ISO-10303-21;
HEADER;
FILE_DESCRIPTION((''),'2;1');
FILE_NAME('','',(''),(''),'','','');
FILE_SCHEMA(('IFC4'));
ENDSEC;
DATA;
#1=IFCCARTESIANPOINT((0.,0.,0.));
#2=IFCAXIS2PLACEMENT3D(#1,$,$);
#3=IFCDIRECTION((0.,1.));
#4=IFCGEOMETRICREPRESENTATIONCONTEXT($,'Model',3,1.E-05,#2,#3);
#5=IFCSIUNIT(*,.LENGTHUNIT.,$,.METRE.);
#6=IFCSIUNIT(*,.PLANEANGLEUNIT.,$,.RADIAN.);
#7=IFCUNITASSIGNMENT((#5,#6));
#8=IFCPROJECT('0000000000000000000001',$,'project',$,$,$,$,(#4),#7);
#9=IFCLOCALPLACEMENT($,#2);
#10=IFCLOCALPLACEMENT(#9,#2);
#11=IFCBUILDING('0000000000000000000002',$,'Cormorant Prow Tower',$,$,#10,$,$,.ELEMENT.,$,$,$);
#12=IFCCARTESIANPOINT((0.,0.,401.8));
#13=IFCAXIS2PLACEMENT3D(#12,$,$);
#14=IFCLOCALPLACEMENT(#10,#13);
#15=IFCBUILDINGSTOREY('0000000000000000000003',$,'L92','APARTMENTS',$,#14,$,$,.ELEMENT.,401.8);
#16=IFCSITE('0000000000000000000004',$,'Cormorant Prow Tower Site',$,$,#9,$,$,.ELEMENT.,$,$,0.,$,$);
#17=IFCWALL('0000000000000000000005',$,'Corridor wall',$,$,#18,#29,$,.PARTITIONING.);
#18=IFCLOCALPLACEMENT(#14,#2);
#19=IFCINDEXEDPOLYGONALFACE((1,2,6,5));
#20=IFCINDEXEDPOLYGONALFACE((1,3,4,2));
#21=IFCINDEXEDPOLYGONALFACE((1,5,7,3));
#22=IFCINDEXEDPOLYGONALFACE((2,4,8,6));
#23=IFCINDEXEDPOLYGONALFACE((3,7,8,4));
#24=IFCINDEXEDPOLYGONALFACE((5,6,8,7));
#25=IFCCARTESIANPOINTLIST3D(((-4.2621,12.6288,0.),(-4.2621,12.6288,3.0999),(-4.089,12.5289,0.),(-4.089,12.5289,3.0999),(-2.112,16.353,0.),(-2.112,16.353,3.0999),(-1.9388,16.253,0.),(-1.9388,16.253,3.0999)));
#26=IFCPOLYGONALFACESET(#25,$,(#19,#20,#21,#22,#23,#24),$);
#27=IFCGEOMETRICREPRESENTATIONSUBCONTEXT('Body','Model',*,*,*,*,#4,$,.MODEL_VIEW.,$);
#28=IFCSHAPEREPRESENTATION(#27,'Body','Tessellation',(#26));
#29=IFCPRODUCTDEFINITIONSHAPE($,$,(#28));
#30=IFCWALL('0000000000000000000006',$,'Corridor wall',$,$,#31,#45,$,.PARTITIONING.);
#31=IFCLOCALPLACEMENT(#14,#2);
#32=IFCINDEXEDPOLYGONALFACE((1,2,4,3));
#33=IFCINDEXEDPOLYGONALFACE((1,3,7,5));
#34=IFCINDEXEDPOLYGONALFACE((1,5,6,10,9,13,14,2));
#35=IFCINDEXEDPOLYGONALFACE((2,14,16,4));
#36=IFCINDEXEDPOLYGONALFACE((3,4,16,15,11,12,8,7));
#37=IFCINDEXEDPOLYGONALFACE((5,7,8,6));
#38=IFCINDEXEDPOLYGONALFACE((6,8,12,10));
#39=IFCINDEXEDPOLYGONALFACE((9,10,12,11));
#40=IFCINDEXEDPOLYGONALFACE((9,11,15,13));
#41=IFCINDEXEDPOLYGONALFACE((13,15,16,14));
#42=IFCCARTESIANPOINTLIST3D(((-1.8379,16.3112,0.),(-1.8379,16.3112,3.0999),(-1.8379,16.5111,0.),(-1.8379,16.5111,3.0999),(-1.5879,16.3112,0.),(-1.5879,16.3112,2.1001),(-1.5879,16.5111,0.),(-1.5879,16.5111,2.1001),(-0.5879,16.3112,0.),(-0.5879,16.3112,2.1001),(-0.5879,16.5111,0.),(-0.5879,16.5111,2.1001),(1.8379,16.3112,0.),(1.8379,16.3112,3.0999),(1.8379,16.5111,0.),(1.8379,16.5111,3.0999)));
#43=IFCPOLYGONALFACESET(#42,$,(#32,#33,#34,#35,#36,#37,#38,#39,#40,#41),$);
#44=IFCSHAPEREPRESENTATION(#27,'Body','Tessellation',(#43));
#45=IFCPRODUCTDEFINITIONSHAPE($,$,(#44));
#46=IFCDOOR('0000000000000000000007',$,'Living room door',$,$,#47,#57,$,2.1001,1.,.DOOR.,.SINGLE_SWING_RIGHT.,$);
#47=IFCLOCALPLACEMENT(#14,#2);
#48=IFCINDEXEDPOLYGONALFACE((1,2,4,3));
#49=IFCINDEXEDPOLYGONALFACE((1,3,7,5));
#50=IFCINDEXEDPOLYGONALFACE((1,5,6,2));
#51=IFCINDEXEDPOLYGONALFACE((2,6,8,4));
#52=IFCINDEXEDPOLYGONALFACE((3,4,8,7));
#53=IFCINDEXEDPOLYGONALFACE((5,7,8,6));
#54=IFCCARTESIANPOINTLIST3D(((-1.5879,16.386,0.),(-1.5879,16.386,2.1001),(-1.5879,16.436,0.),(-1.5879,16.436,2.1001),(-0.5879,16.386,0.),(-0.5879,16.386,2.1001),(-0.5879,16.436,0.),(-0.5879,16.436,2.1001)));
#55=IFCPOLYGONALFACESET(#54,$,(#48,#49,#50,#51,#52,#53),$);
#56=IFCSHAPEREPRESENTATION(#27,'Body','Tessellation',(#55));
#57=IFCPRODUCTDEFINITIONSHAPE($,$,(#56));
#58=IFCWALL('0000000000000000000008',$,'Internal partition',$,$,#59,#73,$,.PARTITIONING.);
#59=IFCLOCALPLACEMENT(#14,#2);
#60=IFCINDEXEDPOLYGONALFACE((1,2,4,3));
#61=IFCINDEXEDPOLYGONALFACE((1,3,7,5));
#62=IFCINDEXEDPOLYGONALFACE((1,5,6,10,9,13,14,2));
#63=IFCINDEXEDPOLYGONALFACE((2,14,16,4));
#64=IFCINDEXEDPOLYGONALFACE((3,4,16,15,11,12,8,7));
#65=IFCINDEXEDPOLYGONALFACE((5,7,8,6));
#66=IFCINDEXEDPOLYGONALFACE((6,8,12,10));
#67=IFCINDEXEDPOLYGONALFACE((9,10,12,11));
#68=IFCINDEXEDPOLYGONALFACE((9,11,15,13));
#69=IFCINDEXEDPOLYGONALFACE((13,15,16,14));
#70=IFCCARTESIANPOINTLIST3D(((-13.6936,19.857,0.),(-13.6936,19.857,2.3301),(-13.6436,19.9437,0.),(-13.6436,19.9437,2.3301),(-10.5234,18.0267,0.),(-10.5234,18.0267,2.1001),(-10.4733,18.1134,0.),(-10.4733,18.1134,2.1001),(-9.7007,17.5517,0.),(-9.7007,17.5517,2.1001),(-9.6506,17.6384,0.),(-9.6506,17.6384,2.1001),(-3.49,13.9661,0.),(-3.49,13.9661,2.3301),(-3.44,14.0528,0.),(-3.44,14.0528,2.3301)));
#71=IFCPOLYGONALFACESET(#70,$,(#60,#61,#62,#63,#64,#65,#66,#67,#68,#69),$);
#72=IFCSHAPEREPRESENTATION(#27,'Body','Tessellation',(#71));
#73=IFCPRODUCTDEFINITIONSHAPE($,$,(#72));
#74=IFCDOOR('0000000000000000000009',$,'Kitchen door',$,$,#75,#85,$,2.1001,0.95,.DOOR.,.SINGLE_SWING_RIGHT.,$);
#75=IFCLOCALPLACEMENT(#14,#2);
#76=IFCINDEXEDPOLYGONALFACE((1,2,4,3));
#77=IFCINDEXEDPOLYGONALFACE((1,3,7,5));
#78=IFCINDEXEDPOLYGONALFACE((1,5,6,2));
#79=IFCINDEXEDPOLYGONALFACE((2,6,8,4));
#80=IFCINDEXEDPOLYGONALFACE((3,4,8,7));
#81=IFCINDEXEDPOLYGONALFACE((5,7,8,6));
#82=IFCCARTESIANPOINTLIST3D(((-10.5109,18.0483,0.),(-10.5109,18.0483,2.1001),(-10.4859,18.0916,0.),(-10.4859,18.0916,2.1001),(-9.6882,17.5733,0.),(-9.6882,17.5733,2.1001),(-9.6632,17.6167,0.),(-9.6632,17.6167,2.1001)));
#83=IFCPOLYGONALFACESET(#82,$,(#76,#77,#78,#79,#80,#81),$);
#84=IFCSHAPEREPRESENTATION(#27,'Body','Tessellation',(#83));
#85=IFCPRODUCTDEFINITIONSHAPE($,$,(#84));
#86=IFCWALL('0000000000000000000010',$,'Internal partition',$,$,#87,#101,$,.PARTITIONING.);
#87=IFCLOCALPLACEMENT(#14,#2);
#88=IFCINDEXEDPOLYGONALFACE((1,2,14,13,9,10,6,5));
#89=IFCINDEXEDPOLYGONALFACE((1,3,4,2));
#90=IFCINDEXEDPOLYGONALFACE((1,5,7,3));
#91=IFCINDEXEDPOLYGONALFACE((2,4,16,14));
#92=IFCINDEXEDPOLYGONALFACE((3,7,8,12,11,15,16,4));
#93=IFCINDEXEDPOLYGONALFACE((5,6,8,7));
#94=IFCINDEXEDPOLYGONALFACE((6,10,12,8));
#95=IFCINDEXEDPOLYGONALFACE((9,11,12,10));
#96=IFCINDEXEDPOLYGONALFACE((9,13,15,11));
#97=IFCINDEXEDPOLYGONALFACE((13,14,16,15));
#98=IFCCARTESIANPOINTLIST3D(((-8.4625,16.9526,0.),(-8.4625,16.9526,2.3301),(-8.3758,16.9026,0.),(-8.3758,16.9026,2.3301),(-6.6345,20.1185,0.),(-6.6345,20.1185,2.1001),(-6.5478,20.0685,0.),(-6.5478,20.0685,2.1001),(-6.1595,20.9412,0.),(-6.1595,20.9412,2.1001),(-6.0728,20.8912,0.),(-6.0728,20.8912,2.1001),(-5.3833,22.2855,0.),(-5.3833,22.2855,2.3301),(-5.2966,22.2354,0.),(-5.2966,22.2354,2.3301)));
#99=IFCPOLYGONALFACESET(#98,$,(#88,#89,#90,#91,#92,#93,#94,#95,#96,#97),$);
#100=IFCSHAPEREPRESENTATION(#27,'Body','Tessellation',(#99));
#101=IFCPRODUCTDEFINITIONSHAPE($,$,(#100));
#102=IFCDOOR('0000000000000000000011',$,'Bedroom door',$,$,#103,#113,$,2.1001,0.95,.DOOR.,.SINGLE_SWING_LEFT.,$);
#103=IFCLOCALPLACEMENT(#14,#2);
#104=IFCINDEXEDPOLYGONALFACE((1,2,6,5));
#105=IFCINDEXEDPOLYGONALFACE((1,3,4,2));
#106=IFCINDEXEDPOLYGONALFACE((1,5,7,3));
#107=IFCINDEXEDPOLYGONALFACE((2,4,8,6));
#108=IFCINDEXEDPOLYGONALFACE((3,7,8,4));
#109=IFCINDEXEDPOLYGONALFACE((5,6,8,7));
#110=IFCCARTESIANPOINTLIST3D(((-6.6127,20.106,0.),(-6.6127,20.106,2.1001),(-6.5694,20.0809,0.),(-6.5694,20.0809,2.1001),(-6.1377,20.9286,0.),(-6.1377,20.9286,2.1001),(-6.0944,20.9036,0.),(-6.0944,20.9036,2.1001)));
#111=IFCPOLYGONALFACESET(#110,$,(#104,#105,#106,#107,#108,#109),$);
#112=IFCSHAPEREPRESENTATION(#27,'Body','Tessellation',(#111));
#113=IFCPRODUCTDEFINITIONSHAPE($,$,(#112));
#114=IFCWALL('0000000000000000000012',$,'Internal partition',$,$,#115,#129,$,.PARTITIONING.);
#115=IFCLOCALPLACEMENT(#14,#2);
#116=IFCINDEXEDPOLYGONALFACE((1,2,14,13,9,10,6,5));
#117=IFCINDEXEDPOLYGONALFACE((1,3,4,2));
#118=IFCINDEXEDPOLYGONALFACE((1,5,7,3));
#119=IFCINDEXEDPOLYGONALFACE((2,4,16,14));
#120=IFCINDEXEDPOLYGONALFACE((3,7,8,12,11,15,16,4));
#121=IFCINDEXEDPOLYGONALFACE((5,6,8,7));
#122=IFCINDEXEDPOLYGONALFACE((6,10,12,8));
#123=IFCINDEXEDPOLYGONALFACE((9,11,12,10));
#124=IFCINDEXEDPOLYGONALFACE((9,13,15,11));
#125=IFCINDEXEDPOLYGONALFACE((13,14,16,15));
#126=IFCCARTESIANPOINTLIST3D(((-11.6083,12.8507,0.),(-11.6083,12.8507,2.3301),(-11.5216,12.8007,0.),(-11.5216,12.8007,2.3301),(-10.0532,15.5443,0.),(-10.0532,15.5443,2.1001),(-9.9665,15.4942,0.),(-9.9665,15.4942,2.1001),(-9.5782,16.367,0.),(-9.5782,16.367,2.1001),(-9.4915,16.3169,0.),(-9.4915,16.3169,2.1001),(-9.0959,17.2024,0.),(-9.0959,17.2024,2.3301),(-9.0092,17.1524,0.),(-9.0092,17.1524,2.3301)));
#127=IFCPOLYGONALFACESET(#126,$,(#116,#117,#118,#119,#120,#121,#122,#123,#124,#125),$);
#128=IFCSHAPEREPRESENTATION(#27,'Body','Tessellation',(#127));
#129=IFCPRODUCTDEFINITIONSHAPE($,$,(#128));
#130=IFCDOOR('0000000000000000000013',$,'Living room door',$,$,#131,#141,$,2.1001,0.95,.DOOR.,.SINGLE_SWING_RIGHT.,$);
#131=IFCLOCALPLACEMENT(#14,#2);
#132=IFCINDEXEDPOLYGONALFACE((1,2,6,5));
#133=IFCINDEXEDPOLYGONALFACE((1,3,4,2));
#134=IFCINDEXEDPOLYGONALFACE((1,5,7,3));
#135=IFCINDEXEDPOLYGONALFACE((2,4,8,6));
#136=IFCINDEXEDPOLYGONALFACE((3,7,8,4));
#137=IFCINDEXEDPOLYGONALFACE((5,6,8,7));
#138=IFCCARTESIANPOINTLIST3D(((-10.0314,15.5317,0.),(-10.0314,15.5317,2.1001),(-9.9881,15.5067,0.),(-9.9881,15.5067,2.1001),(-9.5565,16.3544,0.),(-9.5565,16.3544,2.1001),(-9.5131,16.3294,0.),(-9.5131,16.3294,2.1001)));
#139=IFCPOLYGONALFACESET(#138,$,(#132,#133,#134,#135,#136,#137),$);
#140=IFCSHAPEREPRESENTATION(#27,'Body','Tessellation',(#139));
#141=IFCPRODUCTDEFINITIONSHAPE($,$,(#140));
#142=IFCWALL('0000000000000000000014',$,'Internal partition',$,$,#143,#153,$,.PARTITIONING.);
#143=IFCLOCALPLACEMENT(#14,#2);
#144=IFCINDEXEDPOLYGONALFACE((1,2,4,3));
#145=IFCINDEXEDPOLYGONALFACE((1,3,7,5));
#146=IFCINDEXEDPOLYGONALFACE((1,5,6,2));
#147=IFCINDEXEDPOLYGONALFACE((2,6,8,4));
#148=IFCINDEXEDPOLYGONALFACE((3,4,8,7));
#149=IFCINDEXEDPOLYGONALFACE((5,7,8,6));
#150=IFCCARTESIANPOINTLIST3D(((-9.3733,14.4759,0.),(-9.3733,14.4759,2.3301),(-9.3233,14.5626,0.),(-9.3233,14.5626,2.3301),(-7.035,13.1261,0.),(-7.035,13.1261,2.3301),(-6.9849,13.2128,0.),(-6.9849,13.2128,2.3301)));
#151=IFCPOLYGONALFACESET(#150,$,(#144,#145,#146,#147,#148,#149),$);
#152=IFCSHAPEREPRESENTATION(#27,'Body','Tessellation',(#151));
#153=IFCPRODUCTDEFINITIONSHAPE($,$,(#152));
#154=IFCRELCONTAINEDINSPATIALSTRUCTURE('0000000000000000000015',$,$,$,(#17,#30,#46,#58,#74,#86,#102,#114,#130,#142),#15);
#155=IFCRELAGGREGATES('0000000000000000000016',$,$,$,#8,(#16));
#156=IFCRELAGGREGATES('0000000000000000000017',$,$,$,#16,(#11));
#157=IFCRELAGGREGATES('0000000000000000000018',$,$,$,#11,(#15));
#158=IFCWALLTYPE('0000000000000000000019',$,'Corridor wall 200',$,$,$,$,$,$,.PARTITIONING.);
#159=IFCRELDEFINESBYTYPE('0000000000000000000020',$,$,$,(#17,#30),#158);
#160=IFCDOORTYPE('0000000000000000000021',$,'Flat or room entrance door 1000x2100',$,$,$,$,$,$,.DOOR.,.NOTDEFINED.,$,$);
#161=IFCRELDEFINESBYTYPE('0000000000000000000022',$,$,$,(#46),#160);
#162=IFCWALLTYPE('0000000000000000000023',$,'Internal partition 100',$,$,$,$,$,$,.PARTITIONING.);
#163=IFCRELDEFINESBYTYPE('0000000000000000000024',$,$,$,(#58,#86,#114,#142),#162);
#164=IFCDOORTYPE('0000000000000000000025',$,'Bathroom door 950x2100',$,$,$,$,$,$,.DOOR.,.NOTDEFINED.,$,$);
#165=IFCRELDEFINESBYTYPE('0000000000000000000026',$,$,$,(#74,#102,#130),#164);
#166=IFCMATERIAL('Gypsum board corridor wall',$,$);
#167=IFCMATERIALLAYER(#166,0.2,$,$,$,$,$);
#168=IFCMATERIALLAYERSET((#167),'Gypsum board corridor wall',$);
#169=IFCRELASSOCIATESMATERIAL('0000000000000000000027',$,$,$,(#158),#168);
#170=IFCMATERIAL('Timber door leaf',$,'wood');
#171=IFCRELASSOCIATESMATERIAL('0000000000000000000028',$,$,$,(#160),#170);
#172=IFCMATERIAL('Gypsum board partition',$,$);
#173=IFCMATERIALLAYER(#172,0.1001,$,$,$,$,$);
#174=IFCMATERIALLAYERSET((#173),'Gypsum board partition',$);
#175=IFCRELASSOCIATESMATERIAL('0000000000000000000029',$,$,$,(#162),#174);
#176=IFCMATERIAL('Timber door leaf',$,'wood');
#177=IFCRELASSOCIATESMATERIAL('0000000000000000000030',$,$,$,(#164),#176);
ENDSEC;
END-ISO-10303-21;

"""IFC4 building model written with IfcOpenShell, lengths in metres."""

from ifc_helpers import new_model, si_unit, direction, frame, frame_2d, origin, place, context, subcontext, project, spatial, rectangle, extrude, material, layer, layer_set, type_object, element, fill, save


model = new_model("IFC4")

# Units and contexts
model_context = context("Model", 3, precision=1e-05, world=origin(), true_north=direction((0.0, 1.0)))
body_context = subcontext(model_context, "Body", "Model", "MODEL_VIEW")
ifc_project = project(units=[si_unit("LENGTHUNIT", "METRE"), si_unit("PLANEANGLEUNIT", "RADIAN")], contexts=[model_context])

# Site, building, storey
site_placement = place(None, origin())
site = spatial("IfcSite", under=ifc_project, at=site_placement, Name="Cormorant Prow Tower Site", CompositionType="ELEMENT", RefElevation=0.0)
building_placement = place(site_placement, origin())
building = spatial("IfcBuilding", under=site, at=building_placement, Name="Cormorant Prow Tower", CompositionType="ELEMENT")
storey_placement = place(building_placement, frame((0.0, 0.0, 401.8)))
storey = spatial("IfcBuildingStorey", under=building, at=storey_placement, Name="L92", Description="APARTMENTS", CompositionType="ELEMENT", Elevation=401.8)

# Wall
ifc_material_1 = material(Name="Gypsum board corridor wall")
ifc_layer_1 = layer(ifc_material_1, 0.2)
ifc_layer_set_1 = layer_set([ifc_layer_1], Name="Gypsum board corridor wall")
wall_type_1 = type_object("IfcWallType", Name="Corridor wall 200", PredefinedType="PARTITIONING", material=ifc_layer_set_1)
wall_1_placement = place(storey_placement, frame((-4.1755, 12.5789, 0.0), z_axis=(0.0, 0.0, 1.0), x_axis=(0.500004, 0.866023, 0.0)))
element("IfcWall", 1, at=wall_1_placement, inside=storey, type_object=wall_type_1, Name="Corridor wall", PredefinedType="PARTITIONING", context=body_context, shape_type="SweptSolid", body=[
    extrude(rectangle(XDim=4.3003, YDim=0.2, at=frame_2d((2.1501, 0.0))), origin(), (0.0, 0.0, 1.0), 3.0999),
])

# Walls, openings, doors
wall_2_placement = place(storey_placement, frame((-1.8379, 16.4111, 0.0), z_axis=(0.0, 0.0, 1.0), x_axis=(1.0, 0.0, 0.0)))
wall_2 = element("IfcWall", 2, at=wall_2_placement, inside=storey, type_object=wall_type_1, Name="Corridor wall", PredefinedType="PARTITIONING", context=body_context, shape_type="SweptSolid", body=[
    extrude(rectangle(XDim=3.6758, YDim=0.2, at=frame_2d((1.8379, 0.0))), origin(), (0.0, 0.0, 1.0), 3.0999),
])
opening_1_placement = place(wall_2_placement, frame((0.25, 0.0, 0.0)))
opening_1 = element("IfcOpeningElement", 3, at=opening_1_placement, cuts=wall_2, PredefinedType="OPENING", context=body_context, shape_type="SweptSolid", body=[
    extrude(rectangle(XDim=1.0, YDim=2.1001, at=frame_2d((0.5, 1.05))), frame((0.0, 0.1099, 0.0), z_axis=(0.0, -1.0, 0.0), x_axis=(1.0, 0.0, 0.0)), (0.0, 0.0, 1.0), 0.22),
])
ifc_material_2 = material(Name="Timber door leaf", Category="wood")
door_type_1 = type_object("IfcDoorType", Name="Flat or room entrance door 1000x2100", OperationType="NOTDEFINED", PredefinedType="DOOR", material=ifc_material_2)
door_1_placement = place(opening_1_placement, origin())
door_1 = element("IfcDoor", 4, at=door_1_placement, inside=storey, type_object=door_type_1, Name="Living room door", OperationType="SINGLE_SWING_RIGHT", OverallHeight=2.1001, OverallWidth=1.0, PredefinedType="DOOR", context=body_context, shape_type="SweptSolid", body=[
    extrude(rectangle(XDim=1.0, YDim=2.1001, at=frame_2d((0.5, 1.05))), frame((0.0, 0.0249, 0.0), z_axis=(0.0, -1.0, 0.0), x_axis=(1.0, 0.0, 0.0)), (0.0, 0.0, 1.0), 0.05),
])
fill(opening_1, door_1)
ifc_material_3 = material(Name="Gypsum board partition")
ifc_layer_2 = layer(ifc_material_3, 0.1001)
ifc_layer_set_2 = layer_set([ifc_layer_2], Name="Gypsum board partition")
wall_type_2 = type_object("IfcWallType", Name="Internal partition 100", PredefinedType="PARTITIONING", material=ifc_layer_set_2)
wall_3_placement = place(storey_placement, frame((-13.6687, 19.9004, 0.0), z_axis=(0.0, 0.0, 1.0), x_axis=(0.866032, -0.499988, 0.0)))
wall_3 = element("IfcWall", 5, at=wall_3_placement, inside=storey, type_object=wall_type_2, Name="Internal partition", PredefinedType="PARTITIONING", context=body_context, shape_type="SweptSolid", body=[
    extrude(rectangle(XDim=11.782, YDim=0.1001, at=frame_2d((5.8911, 0.0))), origin(), (0.0, 0.0, 1.0), 2.3301),
])
opening_2_placement = place(wall_3_placement, frame((3.6606, 0.0, 0.0)))
opening_2 = element("IfcOpeningElement", 6, at=opening_2_placement, cuts=wall_3, PredefinedType="OPENING", context=body_context, shape_type="SweptSolid", body=[
    extrude(rectangle(XDim=0.95, YDim=2.1001, at=frame_2d((0.4751, 1.05))), frame((0.0, 0.0601, 0.0), z_axis=(0.0, -1.0, 0.0), x_axis=(1.0, 0.0, 0.0)), (0.0, 0.0, 1.0), 0.1201),
])
ifc_material_4 = material(Name="Timber door leaf", Category="wood")
door_type_2 = type_object("IfcDoorType", Name="Bathroom door 950x2100", OperationType="NOTDEFINED", PredefinedType="DOOR", material=ifc_material_4)
door_2_placement = place(opening_2_placement, origin())
door_2 = element("IfcDoor", 7, at=door_2_placement, inside=storey, type_object=door_type_2, Name="Kitchen door", OperationType="SINGLE_SWING_RIGHT", OverallHeight=2.1001, OverallWidth=0.95, PredefinedType="DOOR", context=body_context, shape_type="SweptSolid", body=[
    extrude(rectangle(XDim=0.95, YDim=2.1001, at=frame_2d((0.4751, 1.05))), frame((0.0, 0.0249, 0.0), z_axis=(0.0, -1.0, 0.0), x_axis=(1.0, 0.0, 0.0)), (0.0, 0.0, 1.0), 0.05),
])
fill(opening_2, door_2)
wall_4_placement = place(storey_placement, frame((-8.4192, 16.9275, 0.0), z_axis=(0.0, 0.0, 1.0), x_axis=(0.500028, 0.866009, 0.0)))
wall_4 = element("IfcWall", 8, at=wall_4_placement, inside=storey, type_object=wall_type_2, Name="Internal partition", PredefinedType="PARTITIONING", context=body_context, shape_type="SweptSolid", body=[
    extrude(rectangle(XDim=6.158, YDim=0.1001, at=frame_2d((3.0791, 0.0))), origin(), (0.0, 0.0, 1.0), 2.3301),
])
opening_3_placement = place(wall_4_placement, frame((3.6558, 0.0, 0.0)))
opening_3 = element("IfcOpeningElement", 9, at=opening_3_placement, cuts=wall_4, PredefinedType="OPENING", context=body_context, shape_type="SweptSolid", body=[
    extrude(rectangle(XDim=0.95, YDim=2.1001, at=frame_2d((0.4751, 1.05))), frame((0.0, 0.0601, 0.0), z_axis=(0.0, -1.0, 0.0), x_axis=(1.0, 0.0, 0.0)), (0.0, 0.0, 1.0), 0.1201),
])
door_3_placement = place(opening_3_placement, origin())
door_3 = element("IfcDoor", 10, at=door_3_placement, inside=storey, type_object=door_type_2, Name="Bedroom door", OperationType="SINGLE_SWING_LEFT", OverallHeight=2.1001, OverallWidth=0.95, PredefinedType="DOOR", context=body_context, shape_type="SweptSolid", body=[
    extrude(rectangle(XDim=0.95, YDim=2.1001, at=frame_2d((0.4751, 1.05))), frame((0.0, 0.0249, 0.0), z_axis=(0.0, -1.0, 0.0), x_axis=(1.0, 0.0, 0.0)), (0.0, 0.0, 1.0), 0.05),
])
fill(opening_3, door_3)
wall_5_placement = place(storey_placement, frame((-11.5649, 12.8257, 0.0), z_axis=(0.0, 0.0, 1.0), x_axis=(0.49999, 0.866031, 0.0)))
wall_5 = element("IfcWall", 11, at=wall_5_placement, inside=storey, type_object=wall_type_2, Name="Internal partition", PredefinedType="PARTITIONING", context=body_context, shape_type="SweptSolid", body=[
    extrude(rectangle(XDim=5.0249, YDim=0.1001, at=frame_2d((2.5125, 0.0))), origin(), (0.0, 0.0, 1.0), 2.3301),
])
opening_4_placement = place(wall_5_placement, frame((3.1101, 0.0, 0.0)))
opening_4 = element("IfcOpeningElement", 12, at=opening_4_placement, cuts=wall_5, PredefinedType="OPENING", context=body_context, shape_type="SweptSolid", body=[
    extrude(rectangle(XDim=0.95, YDim=2.1001, at=frame_2d((0.4751, 1.05))), frame((0.0, 0.0601, 0.0), z_axis=(0.0, -1.0, 0.0), x_axis=(1.0, 0.0, 0.0)), (0.0, 0.0, 1.0), 0.1201),
])
door_4_placement = place(opening_4_placement, origin())
door_4 = element("IfcDoor", 13, at=door_4_placement, inside=storey, type_object=door_type_2, Name="Living room door", OperationType="SINGLE_SWING_RIGHT", OverallHeight=2.1001, OverallWidth=0.95, PredefinedType="DOOR", context=body_context, shape_type="SweptSolid", body=[
    extrude(rectangle(XDim=0.95, YDim=2.1001, at=frame_2d((0.4751, 1.05))), frame((0.0, 0.0249, 0.0), z_axis=(0.0, -1.0, 0.0), x_axis=(1.0, 0.0, 0.0)), (0.0, 0.0, 1.0), 0.05),
])
fill(opening_4, door_4)

# Wall
wall_6_placement = place(storey_placement, frame((-9.3484, 14.5193, 0.0), z_axis=(0.0, 0.0, 1.0), x_axis=(0.866059, -0.499942, 0.0)))
element("IfcWall", 14, at=wall_6_placement, inside=storey, type_object=wall_type_2, Name="Internal partition", PredefinedType="PARTITIONING", context=body_context, shape_type="SweptSolid", body=[
    extrude(rectangle(XDim=2.7, YDim=0.1001, at=frame_2d((1.3501, 0.0))), origin(), (0.0, 0.0, 1.0), 2.3301),
])

save(model, "model.ifc")
